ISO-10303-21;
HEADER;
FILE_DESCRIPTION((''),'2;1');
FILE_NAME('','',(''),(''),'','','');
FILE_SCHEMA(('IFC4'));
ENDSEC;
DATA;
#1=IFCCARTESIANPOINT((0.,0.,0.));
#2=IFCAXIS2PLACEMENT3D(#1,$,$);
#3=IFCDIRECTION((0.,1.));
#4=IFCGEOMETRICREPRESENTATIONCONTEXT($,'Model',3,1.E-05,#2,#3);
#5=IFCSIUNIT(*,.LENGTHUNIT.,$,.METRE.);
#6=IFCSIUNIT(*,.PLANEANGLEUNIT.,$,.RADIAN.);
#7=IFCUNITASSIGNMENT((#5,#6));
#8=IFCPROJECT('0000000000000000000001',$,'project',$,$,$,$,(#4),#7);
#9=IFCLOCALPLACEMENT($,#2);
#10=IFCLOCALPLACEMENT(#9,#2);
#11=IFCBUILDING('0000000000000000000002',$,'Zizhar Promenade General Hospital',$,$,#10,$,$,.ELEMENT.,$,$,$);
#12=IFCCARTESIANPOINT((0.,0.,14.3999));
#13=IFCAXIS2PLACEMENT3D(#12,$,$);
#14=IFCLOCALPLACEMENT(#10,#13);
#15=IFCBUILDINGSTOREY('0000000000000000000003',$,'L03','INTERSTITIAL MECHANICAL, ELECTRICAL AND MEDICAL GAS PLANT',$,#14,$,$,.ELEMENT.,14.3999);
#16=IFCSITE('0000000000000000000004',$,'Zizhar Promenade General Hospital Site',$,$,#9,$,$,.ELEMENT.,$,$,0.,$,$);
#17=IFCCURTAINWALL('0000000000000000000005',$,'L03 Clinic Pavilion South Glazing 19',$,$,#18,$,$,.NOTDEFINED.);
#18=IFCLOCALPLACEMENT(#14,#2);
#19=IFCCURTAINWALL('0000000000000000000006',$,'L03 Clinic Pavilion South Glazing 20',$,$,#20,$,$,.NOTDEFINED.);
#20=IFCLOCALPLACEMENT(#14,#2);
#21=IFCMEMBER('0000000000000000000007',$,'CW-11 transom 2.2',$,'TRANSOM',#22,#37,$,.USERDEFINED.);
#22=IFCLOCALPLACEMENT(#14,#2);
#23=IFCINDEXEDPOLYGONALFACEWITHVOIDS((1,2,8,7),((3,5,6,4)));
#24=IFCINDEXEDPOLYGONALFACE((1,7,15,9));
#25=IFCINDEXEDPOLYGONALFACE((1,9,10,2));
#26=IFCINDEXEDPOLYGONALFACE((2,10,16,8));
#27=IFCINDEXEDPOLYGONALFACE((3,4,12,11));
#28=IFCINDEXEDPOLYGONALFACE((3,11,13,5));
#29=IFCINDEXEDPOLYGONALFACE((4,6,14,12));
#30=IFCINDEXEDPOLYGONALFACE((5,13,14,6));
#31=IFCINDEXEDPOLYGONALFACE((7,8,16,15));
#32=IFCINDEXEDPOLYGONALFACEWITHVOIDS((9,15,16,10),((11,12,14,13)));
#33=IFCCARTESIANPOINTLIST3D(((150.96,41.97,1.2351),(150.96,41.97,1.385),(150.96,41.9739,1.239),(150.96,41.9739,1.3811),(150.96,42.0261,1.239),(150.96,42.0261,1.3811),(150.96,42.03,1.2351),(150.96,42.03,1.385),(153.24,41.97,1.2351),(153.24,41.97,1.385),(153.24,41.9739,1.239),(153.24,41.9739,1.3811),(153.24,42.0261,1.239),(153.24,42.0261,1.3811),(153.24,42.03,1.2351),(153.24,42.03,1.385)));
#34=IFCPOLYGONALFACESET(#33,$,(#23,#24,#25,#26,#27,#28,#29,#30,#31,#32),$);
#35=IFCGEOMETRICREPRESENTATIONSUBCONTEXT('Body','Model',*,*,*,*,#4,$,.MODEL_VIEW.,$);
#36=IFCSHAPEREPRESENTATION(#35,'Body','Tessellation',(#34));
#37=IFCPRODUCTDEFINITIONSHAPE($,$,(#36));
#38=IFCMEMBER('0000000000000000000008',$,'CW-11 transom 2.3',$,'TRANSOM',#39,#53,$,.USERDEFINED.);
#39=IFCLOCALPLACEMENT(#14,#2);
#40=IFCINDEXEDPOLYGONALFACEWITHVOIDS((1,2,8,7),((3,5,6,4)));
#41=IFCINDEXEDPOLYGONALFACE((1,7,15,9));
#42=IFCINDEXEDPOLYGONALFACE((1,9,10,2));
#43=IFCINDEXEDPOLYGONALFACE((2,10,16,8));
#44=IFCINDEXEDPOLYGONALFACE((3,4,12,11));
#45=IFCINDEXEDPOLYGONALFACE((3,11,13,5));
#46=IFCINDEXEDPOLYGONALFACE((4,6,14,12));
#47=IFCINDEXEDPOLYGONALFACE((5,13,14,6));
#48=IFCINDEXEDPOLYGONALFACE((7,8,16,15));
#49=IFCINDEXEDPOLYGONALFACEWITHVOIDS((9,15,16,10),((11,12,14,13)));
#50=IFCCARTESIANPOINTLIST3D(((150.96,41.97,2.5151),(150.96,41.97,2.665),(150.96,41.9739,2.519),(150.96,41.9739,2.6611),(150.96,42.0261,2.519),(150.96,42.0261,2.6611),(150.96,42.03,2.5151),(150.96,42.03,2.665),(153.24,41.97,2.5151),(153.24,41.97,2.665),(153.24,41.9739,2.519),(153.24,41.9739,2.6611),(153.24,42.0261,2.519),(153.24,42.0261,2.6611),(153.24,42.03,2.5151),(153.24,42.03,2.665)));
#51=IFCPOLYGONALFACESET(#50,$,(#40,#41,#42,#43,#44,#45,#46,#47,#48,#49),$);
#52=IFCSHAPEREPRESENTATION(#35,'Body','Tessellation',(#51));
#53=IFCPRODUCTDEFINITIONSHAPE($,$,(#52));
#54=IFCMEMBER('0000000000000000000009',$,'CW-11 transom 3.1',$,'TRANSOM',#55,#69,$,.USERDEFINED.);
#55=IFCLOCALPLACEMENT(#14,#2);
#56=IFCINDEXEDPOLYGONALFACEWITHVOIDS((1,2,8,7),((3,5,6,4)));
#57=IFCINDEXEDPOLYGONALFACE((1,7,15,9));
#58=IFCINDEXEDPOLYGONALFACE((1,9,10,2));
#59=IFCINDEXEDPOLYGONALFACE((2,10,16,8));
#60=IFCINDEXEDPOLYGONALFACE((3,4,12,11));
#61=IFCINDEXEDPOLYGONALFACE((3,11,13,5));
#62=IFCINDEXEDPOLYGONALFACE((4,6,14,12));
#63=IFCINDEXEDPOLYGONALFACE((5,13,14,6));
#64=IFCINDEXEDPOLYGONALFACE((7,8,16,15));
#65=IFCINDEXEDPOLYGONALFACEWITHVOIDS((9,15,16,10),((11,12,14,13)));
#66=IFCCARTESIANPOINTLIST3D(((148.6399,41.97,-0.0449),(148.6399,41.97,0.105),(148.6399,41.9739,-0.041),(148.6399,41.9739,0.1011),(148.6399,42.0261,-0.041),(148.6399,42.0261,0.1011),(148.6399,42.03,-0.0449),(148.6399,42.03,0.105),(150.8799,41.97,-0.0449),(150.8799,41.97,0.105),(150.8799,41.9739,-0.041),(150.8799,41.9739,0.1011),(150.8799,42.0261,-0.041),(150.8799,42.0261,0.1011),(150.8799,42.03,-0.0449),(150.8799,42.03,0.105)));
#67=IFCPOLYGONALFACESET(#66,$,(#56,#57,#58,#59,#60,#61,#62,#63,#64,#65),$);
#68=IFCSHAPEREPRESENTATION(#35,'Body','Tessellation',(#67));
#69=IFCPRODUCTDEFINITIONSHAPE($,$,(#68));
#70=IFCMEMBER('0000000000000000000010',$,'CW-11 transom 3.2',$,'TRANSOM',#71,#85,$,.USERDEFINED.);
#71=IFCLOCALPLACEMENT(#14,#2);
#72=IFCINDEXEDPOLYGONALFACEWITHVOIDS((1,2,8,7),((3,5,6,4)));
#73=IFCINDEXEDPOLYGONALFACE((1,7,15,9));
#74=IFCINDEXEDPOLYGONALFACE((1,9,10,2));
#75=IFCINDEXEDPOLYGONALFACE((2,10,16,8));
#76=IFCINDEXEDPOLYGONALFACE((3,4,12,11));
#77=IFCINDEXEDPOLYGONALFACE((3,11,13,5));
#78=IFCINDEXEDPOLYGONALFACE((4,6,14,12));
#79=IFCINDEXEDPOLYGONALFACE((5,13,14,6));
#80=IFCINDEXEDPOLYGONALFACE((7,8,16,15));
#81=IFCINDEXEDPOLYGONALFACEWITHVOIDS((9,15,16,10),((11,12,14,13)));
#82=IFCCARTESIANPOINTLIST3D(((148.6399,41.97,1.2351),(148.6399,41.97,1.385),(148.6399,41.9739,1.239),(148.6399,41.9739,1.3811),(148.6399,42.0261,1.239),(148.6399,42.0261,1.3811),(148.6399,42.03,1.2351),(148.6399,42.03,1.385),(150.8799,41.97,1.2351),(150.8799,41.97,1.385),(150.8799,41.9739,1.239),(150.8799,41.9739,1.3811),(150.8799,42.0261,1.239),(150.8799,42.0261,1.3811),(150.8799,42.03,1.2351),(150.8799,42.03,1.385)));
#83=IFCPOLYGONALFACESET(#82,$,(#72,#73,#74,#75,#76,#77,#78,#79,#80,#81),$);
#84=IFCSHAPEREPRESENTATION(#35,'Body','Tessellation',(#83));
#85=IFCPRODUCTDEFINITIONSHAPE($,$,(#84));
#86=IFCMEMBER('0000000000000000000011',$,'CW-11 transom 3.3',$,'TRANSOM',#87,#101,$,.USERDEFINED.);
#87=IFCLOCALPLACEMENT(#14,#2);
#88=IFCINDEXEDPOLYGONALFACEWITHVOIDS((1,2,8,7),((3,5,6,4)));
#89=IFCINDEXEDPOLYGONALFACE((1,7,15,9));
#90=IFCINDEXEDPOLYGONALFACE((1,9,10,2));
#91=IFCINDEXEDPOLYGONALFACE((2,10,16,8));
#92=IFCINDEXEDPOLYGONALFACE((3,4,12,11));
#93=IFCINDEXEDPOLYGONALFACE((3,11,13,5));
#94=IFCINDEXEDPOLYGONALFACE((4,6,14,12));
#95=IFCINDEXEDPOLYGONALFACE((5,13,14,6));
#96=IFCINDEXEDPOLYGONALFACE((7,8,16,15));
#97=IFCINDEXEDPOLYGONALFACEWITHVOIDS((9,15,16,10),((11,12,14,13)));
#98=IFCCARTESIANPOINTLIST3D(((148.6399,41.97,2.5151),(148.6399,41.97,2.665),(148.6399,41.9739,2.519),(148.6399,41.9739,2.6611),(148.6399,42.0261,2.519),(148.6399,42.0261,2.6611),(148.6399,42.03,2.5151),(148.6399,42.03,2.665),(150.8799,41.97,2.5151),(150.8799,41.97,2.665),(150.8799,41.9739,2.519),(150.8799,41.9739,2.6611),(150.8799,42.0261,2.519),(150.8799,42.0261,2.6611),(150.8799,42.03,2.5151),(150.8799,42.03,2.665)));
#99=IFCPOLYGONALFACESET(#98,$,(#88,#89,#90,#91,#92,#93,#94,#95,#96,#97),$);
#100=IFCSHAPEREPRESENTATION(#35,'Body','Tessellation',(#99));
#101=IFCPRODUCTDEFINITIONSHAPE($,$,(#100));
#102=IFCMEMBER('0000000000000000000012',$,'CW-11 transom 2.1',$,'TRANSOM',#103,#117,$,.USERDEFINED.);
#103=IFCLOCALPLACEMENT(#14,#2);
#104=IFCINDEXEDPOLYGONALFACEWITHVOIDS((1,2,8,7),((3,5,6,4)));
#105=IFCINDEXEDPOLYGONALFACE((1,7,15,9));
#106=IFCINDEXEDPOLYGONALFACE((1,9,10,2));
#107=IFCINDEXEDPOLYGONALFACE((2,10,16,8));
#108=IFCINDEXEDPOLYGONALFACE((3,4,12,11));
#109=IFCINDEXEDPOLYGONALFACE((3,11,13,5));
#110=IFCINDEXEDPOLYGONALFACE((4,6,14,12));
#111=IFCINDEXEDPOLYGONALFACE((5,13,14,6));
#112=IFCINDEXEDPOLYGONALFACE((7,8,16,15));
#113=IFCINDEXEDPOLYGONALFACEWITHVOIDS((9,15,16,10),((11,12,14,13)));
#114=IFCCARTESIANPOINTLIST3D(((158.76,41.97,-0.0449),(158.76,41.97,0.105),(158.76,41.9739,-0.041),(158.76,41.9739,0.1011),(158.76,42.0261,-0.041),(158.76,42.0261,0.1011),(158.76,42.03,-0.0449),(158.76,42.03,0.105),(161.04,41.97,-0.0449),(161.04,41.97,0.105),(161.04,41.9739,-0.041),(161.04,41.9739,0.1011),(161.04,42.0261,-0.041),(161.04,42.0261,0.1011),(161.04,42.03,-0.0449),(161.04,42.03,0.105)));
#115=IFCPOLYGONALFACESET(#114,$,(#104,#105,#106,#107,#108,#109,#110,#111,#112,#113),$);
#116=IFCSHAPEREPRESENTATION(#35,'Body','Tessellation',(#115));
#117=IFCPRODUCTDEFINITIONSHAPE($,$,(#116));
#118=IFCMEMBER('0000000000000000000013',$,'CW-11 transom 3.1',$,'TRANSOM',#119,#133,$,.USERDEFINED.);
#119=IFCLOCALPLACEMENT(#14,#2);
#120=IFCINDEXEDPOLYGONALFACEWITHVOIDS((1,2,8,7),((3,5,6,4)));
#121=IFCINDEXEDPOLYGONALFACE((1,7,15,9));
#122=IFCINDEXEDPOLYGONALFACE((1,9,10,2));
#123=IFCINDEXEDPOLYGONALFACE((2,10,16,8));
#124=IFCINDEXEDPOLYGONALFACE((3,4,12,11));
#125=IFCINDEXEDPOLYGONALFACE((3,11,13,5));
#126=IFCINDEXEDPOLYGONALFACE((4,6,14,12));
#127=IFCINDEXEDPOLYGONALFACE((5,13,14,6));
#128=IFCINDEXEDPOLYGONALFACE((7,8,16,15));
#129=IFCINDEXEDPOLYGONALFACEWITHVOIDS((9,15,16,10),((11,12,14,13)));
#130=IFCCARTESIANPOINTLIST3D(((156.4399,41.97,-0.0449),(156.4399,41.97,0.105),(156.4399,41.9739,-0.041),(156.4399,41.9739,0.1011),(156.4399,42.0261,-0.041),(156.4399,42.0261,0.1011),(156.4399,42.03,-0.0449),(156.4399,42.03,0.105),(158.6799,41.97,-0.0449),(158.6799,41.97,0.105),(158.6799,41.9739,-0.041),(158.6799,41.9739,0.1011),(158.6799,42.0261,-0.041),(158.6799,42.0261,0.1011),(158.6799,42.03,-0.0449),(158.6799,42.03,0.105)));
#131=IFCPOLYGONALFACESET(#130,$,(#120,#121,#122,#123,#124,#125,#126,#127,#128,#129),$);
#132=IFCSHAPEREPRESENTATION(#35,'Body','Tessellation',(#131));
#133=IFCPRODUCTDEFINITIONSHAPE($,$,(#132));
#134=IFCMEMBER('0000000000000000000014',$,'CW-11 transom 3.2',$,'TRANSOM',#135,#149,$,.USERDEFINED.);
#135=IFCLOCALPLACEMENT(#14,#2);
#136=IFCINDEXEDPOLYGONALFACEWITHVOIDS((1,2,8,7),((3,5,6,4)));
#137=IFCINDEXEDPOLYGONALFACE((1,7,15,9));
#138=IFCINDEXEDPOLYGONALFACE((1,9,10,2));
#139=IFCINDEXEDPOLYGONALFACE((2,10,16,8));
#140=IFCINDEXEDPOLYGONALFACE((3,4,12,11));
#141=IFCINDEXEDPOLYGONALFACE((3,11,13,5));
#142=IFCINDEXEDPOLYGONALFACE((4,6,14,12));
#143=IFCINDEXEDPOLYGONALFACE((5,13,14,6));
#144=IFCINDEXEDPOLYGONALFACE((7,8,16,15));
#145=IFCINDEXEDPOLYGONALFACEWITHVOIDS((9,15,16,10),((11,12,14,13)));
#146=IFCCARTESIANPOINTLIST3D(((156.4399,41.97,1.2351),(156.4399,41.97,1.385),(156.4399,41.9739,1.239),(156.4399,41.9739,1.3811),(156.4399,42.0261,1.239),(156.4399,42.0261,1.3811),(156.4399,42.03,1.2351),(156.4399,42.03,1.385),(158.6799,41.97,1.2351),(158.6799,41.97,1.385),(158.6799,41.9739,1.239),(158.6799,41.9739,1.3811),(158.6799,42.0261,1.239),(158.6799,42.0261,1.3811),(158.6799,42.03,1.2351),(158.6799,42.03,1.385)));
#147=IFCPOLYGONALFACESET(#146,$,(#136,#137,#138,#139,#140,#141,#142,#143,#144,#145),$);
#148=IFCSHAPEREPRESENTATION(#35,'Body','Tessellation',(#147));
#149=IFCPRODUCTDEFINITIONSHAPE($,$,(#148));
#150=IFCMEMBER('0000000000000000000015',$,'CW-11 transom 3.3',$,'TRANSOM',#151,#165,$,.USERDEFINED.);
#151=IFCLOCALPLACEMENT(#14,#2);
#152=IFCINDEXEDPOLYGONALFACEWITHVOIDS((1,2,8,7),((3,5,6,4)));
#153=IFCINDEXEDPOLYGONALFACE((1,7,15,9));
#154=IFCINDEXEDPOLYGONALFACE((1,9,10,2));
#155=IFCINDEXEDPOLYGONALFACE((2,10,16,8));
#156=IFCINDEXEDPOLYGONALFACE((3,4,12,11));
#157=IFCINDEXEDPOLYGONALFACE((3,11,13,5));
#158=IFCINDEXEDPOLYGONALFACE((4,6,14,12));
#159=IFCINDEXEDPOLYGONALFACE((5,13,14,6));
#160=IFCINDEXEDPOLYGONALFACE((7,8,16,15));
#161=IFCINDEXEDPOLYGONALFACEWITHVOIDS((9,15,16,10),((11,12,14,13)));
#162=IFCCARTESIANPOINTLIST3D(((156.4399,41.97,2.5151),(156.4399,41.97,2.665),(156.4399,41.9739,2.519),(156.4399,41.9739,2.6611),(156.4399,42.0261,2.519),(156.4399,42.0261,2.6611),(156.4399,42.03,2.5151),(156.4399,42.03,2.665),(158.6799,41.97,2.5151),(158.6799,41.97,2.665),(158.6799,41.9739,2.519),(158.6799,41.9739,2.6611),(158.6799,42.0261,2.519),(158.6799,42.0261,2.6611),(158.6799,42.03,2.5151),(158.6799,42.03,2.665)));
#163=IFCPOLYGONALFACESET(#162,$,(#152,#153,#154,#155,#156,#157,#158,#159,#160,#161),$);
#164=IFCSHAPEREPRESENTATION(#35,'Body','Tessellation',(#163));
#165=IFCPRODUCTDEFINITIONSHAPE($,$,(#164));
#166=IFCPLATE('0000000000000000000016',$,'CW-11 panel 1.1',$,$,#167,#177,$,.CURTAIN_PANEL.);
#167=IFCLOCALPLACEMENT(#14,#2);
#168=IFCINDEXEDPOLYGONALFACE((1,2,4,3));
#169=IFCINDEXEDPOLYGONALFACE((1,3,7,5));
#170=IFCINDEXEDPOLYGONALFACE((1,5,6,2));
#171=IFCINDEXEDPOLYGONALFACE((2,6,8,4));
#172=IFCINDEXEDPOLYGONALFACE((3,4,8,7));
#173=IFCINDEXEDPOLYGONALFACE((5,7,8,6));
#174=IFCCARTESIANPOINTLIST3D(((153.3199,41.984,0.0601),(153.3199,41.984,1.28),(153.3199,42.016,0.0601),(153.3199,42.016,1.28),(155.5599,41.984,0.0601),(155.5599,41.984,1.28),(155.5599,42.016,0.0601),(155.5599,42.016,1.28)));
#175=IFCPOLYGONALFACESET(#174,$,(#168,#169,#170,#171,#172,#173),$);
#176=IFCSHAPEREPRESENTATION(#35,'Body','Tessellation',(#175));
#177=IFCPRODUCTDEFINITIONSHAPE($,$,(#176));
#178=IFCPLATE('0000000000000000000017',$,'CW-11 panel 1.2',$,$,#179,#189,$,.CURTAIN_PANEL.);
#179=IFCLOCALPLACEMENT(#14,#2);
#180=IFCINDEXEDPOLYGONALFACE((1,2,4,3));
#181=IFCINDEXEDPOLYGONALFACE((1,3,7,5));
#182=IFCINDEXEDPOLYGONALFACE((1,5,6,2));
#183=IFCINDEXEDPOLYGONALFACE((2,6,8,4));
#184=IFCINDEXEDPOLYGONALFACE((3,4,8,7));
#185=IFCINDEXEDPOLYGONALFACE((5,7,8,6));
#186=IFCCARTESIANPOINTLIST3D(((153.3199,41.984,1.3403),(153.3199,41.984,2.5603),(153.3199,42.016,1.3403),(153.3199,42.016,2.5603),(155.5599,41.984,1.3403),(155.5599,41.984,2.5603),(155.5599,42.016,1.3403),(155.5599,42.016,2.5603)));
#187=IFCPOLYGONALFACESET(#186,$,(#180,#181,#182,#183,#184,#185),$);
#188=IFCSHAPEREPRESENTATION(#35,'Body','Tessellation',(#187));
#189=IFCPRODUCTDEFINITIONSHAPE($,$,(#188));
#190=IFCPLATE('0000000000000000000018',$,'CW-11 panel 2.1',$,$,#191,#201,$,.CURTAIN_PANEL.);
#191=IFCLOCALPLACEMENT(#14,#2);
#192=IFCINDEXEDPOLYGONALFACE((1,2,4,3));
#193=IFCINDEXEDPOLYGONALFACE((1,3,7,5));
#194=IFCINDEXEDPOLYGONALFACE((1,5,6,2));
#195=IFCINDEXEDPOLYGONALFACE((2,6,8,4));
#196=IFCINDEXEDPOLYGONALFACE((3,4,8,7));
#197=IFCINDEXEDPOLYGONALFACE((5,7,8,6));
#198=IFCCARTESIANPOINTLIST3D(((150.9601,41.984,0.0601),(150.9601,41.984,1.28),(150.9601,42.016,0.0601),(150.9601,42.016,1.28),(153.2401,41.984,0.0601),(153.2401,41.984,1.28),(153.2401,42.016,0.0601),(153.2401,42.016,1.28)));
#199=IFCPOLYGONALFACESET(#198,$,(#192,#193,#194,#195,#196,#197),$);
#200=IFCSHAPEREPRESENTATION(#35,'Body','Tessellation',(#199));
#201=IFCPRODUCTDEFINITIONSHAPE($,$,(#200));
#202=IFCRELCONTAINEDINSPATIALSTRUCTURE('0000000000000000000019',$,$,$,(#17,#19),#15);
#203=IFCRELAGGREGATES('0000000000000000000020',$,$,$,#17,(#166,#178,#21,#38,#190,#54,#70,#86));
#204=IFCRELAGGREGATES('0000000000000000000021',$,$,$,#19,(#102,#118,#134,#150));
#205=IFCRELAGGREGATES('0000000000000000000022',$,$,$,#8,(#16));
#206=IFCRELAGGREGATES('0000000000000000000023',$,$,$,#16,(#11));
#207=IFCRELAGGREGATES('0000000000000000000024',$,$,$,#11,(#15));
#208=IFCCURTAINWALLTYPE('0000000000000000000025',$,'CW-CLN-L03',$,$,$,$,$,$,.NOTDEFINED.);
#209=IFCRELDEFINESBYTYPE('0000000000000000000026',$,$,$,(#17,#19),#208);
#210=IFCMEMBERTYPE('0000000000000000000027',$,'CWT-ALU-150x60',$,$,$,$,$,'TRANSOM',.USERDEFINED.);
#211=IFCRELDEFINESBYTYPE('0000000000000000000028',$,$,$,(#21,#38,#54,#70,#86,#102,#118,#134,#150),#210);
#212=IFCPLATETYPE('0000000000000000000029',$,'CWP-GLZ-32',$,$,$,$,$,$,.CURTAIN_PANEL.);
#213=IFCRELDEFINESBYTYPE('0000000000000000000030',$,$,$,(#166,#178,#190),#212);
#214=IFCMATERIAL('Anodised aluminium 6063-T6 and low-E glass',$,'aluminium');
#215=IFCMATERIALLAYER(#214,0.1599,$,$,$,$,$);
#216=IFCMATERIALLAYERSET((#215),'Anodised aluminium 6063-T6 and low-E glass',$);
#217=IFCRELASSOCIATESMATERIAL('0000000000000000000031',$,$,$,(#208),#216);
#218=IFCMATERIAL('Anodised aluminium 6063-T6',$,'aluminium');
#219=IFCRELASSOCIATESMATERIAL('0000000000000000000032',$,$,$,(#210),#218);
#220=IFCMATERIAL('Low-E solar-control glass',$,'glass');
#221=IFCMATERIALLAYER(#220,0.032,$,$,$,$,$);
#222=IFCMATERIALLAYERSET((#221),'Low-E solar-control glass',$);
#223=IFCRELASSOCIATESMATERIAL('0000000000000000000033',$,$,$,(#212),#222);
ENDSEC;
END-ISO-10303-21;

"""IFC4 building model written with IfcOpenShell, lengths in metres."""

from ifc_helpers import new_model, si_unit, direction, frame, origin, origin_2d, place, context, subcontext, project, spatial, rectangle, hollow_rectangle, extrude, material, layer, layer_set, material_profile, profile_set, type_object, element, aggregate, save


model = new_model("IFC4")

# Units and contexts
model_context = context("Model", 3, precision=1e-05, world=origin(), true_north=direction((0.0, 1.0)))
body_context = subcontext(model_context, "Body", "Model", "MODEL_VIEW")
ifc_project = project(units=[si_unit("LENGTHUNIT", "METRE"), si_unit("PLANEANGLEUNIT", "RADIAN")], contexts=[model_context])

# Site, building, storey
site_placement = place(None, origin())
site = spatial("IfcSite", under=ifc_project, at=site_placement, Name="Zizhar Promenade General Hospital Site", CompositionType="ELEMENT", RefElevation=0.0)
building_placement = place(site_placement, origin())
building = spatial("IfcBuilding", under=site, at=building_placement, Name="Zizhar Promenade General Hospital", CompositionType="ELEMENT")
storey_placement = place(building_placement, frame((0.0, 0.0, 14.3999)))
storey = spatial("IfcBuildingStorey", under=building, at=storey_placement, Name="L03", Description="INTERSTITIAL MECHANICAL, ELECTRICAL AND MEDICAL GAS PLANT", CompositionType="ELEMENT", Elevation=14.3999)

# Curtain walls
ifc_material_1 = material(Name="Anodised aluminium 6063-T6 and low-E glass", Category="aluminium")
ifc_layer_1 = layer(ifc_material_1, 0.1599)
ifc_layer_set_1 = layer_set([ifc_layer_1], Name="Anodised aluminium 6063-T6 and low-E glass")
curtain_wall_type = type_object("IfcCurtainWallType", Name="CW-CLN-L03", PredefinedType="NOTDEFINED", material=ifc_layer_set_1)
curtain_wall_1_placement = place(storey_placement, origin())
curtain_wall_1 = element("IfcCurtainWall", 1, at=curtain_wall_1_placement, inside=storey, type_object=curtain_wall_type, Name="L03 Clinic Pavilion South Glazing 19", PredefinedType="NOTDEFINED")
curtain_wall_2_placement = place(storey_placement, origin())
curtain_wall_2 = element("IfcCurtainWall", 2, at=curtain_wall_2_placement, inside=storey, type_object=curtain_wall_type, Name="L03 Clinic Pavilion South Glazing 20", PredefinedType="NOTDEFINED")

# Members
ifc_material_2 = material(Name="Anodised aluminium 6063-T6", Category="aluminium")
ifc_material_profile_1 = material_profile(ifc_material_2, hollow_rectangle(XDim=0.0601, YDim=0.1499, WallThickness=0.0039, at=origin_2d()))
ifc_profile_set_1 = profile_set([ifc_material_profile_1], Name="Anodised aluminium 6063-T6")
member_type_1 = type_object("IfcMemberType", Name="CWT-ALU-150x60", ElementType="TRANSOM", PredefinedType="USERDEFINED", material=ifc_profile_set_1)
member_1_placement = place(storey_placement, frame((153.24, 42.0, 1.3101), z_axis=(-1.0, 0.0, 0.0), x_axis=(0.0, -1.0, 0.0)))
member_1 = element("IfcMember", 3, at=member_1_placement, type_object=member_type_1, Name="CW-11 transom 2.2", ObjectType="TRANSOM", PredefinedType="USERDEFINED", context=body_context, shape_type="SweptSolid", body=[
    extrude(hollow_rectangle(XDim=0.0601, YDim=0.1499, WallThickness=0.0039, at=origin_2d()), origin(), (0.0, 0.0, 1.0), 2.28),
])
member_2_placement = place(storey_placement, frame((153.24, 42.0, 2.5901), z_axis=(-1.0, 0.0, 0.0), x_axis=(0.0, -1.0, 0.0)))
member_2 = element("IfcMember", 4, at=member_2_placement, type_object=member_type_1, Name="CW-11 transom 2.3", ObjectType="TRANSOM", PredefinedType="USERDEFINED", context=body_context, shape_type="SweptSolid", body=[
    extrude(hollow_rectangle(XDim=0.0601, YDim=0.1499, WallThickness=0.0039, at=origin_2d()), origin(), (0.0, 0.0, 1.0), 2.28),
])
member_3_placement = place(storey_placement, frame((150.8799, 42.0, 0.03), z_axis=(-1.0, 0.0, 0.0), x_axis=(0.0, -1.0, 0.0)))
member_3 = element("IfcMember", 5, at=member_3_placement, type_object=member_type_1, Name="CW-11 transom 3.1", ObjectType="TRANSOM", PredefinedType="USERDEFINED", context=body_context, shape_type="SweptSolid", body=[
    extrude(hollow_rectangle(XDim=0.0601, YDim=0.1499, WallThickness=0.0039, at=origin_2d()), origin(), (0.0, 0.0, 1.0), 2.24),
])
member_4_placement = place(storey_placement, frame((150.8799, 42.0, 1.3101), z_axis=(-1.0, 0.0, 0.0), x_axis=(0.0, -1.0, 0.0)))
member_4 = element("IfcMember", 6, at=member_4_placement, type_object=member_type_1, Name="CW-11 transom 3.2", ObjectType="TRANSOM", PredefinedType="USERDEFINED", context=body_context, shape_type="SweptSolid", body=[
    extrude(hollow_rectangle(XDim=0.0601, YDim=0.1499, WallThickness=0.0039, at=origin_2d()), origin(), (0.0, 0.0, 1.0), 2.24),
])
member_5_placement = place(storey_placement, frame((150.8799, 42.0, 2.5901), z_axis=(-1.0, 0.0, 0.0), x_axis=(0.0, -1.0, 0.0)))
member_5 = element("IfcMember", 7, at=member_5_placement, type_object=member_type_1, Name="CW-11 transom 3.3", ObjectType="TRANSOM", PredefinedType="USERDEFINED", context=body_context, shape_type="SweptSolid", body=[
    extrude(hollow_rectangle(XDim=0.0601, YDim=0.1499, WallThickness=0.0039, at=origin_2d()), origin(), (0.0, 0.0, 1.0), 2.24),
])
member_6_placement = place(storey_placement, frame((161.04, 42.0, 0.03), z_axis=(-1.0, 0.0, 0.0), x_axis=(0.0, -1.0, 0.0)))
member_6 = element("IfcMember", 8, at=member_6_placement, type_object=member_type_1, Name="CW-11 transom 2.1", ObjectType="TRANSOM", PredefinedType="USERDEFINED", context=body_context, shape_type="SweptSolid", body=[
    extrude(hollow_rectangle(XDim=0.0601, YDim=0.1499, WallThickness=0.0039, at=origin_2d()), origin(), (0.0, 0.0, 1.0), 2.28),
])
member_7_placement = place(storey_placement, frame((158.6799, 42.0, 0.03), z_axis=(-1.0, 0.0, 0.0), x_axis=(0.0, -1.0, 0.0)))
member_7 = element("IfcMember", 9, at=member_7_placement, type_object=member_type_1, Name="CW-11 transom 3.1", ObjectType="TRANSOM", PredefinedType="USERDEFINED", context=body_context, shape_type="SweptSolid", body=[
    extrude(hollow_rectangle(XDim=0.0601, YDim=0.1499, WallThickness=0.0039, at=origin_2d()), origin(), (0.0, 0.0, 1.0), 2.24),
])
member_8_placement = place(storey_placement, frame((158.6799, 42.0, 1.3101), z_axis=(-1.0, 0.0, 0.0), x_axis=(0.0, -1.0, 0.0)))
member_8 = element("IfcMember", 10, at=member_8_placement, type_object=member_type_1, Name="CW-11 transom 3.2", ObjectType="TRANSOM", PredefinedType="USERDEFINED", context=body_context, shape_type="SweptSolid", body=[
    extrude(hollow_rectangle(XDim=0.0601, YDim=0.1499, WallThickness=0.0039, at=origin_2d()), origin(), (0.0, 0.0, 1.0), 2.24),
])
member_9_placement = place(storey_placement, frame((158.6799, 42.0, 2.5901), z_axis=(-1.0, 0.0, 0.0), x_axis=(0.0, -1.0, 0.0)))
member_9 = element("IfcMember", 11, at=member_9_placement, type_object=member_type_1, Name="CW-11 transom 3.3", ObjectType="TRANSOM", PredefinedType="USERDEFINED", context=body_context, shape_type="SweptSolid", body=[
    extrude(hollow_rectangle(XDim=0.0601, YDim=0.1499, WallThickness=0.0039, at=origin_2d()), origin(), (0.0, 0.0, 1.0), 2.24),
])

# Plates
ifc_material_3 = material(Name="Low-E solar-control glass", Category="glass")
ifc_layer_2 = layer(ifc_material_3, 0.032)
ifc_layer_set_2 = layer_set([ifc_layer_2], Name="Low-E solar-control glass")
plate_type = type_object("IfcPlateType", Name="CWP-GLZ-32", PredefinedType="CURTAIN_PANEL", material=ifc_layer_set_2)
plate_1_placement = place(storey_placement, frame((154.4399, 42.0, 0.0601), z_axis=(0.0, 0.0, 1.0), x_axis=(-1.0, 0.0, 0.0)))
plate_1 = element("IfcPlate", 12, at=plate_1_placement, type_object=plate_type, Name="CW-11 panel 1.1", PredefinedType="CURTAIN_PANEL", context=body_context, shape_type="SweptSolid", body=[
    extrude(rectangle(XDim=2.24, YDim=0.032, at=origin_2d()), origin(), (0.0, 0.0, 1.0), 1.22),
])
plate_2_placement = place(storey_placement, frame((154.4399, 42.0, 1.3403), z_axis=(0.0, 0.0, 1.0), x_axis=(-1.0, 0.0, 0.0)))
plate_2 = element("IfcPlate", 13, at=plate_2_placement, type_object=plate_type, Name="CW-11 panel 1.2", PredefinedType="CURTAIN_PANEL", context=body_context, shape_type="SweptSolid", body=[
    extrude(rectangle(XDim=2.24, YDim=0.032, at=origin_2d()), origin(), (0.0, 0.0, 1.0), 1.22),
])
plate_3_placement = place(storey_placement, frame((152.1001, 42.0, 0.0601), z_axis=(0.0, 0.0, 1.0), x_axis=(-1.0, 0.0, 0.0)))
plate_3 = element("IfcPlate", 14, at=plate_3_placement, type_object=plate_type, Name="CW-11 panel 2.1", PredefinedType="CURTAIN_PANEL", context=body_context, shape_type="SweptSolid", body=[
    extrude(rectangle(XDim=2.28, YDim=0.032, at=origin_2d()), origin(), (0.0, 0.0, 1.0), 1.22),
])
aggregate(curtain_wall_1, [plate_1, plate_2, member_1, member_2, plate_3, member_3, member_4, member_5])
aggregate(curtain_wall_2, [member_6, member_7, member_8, member_9])

save(model, "model.ifc")
